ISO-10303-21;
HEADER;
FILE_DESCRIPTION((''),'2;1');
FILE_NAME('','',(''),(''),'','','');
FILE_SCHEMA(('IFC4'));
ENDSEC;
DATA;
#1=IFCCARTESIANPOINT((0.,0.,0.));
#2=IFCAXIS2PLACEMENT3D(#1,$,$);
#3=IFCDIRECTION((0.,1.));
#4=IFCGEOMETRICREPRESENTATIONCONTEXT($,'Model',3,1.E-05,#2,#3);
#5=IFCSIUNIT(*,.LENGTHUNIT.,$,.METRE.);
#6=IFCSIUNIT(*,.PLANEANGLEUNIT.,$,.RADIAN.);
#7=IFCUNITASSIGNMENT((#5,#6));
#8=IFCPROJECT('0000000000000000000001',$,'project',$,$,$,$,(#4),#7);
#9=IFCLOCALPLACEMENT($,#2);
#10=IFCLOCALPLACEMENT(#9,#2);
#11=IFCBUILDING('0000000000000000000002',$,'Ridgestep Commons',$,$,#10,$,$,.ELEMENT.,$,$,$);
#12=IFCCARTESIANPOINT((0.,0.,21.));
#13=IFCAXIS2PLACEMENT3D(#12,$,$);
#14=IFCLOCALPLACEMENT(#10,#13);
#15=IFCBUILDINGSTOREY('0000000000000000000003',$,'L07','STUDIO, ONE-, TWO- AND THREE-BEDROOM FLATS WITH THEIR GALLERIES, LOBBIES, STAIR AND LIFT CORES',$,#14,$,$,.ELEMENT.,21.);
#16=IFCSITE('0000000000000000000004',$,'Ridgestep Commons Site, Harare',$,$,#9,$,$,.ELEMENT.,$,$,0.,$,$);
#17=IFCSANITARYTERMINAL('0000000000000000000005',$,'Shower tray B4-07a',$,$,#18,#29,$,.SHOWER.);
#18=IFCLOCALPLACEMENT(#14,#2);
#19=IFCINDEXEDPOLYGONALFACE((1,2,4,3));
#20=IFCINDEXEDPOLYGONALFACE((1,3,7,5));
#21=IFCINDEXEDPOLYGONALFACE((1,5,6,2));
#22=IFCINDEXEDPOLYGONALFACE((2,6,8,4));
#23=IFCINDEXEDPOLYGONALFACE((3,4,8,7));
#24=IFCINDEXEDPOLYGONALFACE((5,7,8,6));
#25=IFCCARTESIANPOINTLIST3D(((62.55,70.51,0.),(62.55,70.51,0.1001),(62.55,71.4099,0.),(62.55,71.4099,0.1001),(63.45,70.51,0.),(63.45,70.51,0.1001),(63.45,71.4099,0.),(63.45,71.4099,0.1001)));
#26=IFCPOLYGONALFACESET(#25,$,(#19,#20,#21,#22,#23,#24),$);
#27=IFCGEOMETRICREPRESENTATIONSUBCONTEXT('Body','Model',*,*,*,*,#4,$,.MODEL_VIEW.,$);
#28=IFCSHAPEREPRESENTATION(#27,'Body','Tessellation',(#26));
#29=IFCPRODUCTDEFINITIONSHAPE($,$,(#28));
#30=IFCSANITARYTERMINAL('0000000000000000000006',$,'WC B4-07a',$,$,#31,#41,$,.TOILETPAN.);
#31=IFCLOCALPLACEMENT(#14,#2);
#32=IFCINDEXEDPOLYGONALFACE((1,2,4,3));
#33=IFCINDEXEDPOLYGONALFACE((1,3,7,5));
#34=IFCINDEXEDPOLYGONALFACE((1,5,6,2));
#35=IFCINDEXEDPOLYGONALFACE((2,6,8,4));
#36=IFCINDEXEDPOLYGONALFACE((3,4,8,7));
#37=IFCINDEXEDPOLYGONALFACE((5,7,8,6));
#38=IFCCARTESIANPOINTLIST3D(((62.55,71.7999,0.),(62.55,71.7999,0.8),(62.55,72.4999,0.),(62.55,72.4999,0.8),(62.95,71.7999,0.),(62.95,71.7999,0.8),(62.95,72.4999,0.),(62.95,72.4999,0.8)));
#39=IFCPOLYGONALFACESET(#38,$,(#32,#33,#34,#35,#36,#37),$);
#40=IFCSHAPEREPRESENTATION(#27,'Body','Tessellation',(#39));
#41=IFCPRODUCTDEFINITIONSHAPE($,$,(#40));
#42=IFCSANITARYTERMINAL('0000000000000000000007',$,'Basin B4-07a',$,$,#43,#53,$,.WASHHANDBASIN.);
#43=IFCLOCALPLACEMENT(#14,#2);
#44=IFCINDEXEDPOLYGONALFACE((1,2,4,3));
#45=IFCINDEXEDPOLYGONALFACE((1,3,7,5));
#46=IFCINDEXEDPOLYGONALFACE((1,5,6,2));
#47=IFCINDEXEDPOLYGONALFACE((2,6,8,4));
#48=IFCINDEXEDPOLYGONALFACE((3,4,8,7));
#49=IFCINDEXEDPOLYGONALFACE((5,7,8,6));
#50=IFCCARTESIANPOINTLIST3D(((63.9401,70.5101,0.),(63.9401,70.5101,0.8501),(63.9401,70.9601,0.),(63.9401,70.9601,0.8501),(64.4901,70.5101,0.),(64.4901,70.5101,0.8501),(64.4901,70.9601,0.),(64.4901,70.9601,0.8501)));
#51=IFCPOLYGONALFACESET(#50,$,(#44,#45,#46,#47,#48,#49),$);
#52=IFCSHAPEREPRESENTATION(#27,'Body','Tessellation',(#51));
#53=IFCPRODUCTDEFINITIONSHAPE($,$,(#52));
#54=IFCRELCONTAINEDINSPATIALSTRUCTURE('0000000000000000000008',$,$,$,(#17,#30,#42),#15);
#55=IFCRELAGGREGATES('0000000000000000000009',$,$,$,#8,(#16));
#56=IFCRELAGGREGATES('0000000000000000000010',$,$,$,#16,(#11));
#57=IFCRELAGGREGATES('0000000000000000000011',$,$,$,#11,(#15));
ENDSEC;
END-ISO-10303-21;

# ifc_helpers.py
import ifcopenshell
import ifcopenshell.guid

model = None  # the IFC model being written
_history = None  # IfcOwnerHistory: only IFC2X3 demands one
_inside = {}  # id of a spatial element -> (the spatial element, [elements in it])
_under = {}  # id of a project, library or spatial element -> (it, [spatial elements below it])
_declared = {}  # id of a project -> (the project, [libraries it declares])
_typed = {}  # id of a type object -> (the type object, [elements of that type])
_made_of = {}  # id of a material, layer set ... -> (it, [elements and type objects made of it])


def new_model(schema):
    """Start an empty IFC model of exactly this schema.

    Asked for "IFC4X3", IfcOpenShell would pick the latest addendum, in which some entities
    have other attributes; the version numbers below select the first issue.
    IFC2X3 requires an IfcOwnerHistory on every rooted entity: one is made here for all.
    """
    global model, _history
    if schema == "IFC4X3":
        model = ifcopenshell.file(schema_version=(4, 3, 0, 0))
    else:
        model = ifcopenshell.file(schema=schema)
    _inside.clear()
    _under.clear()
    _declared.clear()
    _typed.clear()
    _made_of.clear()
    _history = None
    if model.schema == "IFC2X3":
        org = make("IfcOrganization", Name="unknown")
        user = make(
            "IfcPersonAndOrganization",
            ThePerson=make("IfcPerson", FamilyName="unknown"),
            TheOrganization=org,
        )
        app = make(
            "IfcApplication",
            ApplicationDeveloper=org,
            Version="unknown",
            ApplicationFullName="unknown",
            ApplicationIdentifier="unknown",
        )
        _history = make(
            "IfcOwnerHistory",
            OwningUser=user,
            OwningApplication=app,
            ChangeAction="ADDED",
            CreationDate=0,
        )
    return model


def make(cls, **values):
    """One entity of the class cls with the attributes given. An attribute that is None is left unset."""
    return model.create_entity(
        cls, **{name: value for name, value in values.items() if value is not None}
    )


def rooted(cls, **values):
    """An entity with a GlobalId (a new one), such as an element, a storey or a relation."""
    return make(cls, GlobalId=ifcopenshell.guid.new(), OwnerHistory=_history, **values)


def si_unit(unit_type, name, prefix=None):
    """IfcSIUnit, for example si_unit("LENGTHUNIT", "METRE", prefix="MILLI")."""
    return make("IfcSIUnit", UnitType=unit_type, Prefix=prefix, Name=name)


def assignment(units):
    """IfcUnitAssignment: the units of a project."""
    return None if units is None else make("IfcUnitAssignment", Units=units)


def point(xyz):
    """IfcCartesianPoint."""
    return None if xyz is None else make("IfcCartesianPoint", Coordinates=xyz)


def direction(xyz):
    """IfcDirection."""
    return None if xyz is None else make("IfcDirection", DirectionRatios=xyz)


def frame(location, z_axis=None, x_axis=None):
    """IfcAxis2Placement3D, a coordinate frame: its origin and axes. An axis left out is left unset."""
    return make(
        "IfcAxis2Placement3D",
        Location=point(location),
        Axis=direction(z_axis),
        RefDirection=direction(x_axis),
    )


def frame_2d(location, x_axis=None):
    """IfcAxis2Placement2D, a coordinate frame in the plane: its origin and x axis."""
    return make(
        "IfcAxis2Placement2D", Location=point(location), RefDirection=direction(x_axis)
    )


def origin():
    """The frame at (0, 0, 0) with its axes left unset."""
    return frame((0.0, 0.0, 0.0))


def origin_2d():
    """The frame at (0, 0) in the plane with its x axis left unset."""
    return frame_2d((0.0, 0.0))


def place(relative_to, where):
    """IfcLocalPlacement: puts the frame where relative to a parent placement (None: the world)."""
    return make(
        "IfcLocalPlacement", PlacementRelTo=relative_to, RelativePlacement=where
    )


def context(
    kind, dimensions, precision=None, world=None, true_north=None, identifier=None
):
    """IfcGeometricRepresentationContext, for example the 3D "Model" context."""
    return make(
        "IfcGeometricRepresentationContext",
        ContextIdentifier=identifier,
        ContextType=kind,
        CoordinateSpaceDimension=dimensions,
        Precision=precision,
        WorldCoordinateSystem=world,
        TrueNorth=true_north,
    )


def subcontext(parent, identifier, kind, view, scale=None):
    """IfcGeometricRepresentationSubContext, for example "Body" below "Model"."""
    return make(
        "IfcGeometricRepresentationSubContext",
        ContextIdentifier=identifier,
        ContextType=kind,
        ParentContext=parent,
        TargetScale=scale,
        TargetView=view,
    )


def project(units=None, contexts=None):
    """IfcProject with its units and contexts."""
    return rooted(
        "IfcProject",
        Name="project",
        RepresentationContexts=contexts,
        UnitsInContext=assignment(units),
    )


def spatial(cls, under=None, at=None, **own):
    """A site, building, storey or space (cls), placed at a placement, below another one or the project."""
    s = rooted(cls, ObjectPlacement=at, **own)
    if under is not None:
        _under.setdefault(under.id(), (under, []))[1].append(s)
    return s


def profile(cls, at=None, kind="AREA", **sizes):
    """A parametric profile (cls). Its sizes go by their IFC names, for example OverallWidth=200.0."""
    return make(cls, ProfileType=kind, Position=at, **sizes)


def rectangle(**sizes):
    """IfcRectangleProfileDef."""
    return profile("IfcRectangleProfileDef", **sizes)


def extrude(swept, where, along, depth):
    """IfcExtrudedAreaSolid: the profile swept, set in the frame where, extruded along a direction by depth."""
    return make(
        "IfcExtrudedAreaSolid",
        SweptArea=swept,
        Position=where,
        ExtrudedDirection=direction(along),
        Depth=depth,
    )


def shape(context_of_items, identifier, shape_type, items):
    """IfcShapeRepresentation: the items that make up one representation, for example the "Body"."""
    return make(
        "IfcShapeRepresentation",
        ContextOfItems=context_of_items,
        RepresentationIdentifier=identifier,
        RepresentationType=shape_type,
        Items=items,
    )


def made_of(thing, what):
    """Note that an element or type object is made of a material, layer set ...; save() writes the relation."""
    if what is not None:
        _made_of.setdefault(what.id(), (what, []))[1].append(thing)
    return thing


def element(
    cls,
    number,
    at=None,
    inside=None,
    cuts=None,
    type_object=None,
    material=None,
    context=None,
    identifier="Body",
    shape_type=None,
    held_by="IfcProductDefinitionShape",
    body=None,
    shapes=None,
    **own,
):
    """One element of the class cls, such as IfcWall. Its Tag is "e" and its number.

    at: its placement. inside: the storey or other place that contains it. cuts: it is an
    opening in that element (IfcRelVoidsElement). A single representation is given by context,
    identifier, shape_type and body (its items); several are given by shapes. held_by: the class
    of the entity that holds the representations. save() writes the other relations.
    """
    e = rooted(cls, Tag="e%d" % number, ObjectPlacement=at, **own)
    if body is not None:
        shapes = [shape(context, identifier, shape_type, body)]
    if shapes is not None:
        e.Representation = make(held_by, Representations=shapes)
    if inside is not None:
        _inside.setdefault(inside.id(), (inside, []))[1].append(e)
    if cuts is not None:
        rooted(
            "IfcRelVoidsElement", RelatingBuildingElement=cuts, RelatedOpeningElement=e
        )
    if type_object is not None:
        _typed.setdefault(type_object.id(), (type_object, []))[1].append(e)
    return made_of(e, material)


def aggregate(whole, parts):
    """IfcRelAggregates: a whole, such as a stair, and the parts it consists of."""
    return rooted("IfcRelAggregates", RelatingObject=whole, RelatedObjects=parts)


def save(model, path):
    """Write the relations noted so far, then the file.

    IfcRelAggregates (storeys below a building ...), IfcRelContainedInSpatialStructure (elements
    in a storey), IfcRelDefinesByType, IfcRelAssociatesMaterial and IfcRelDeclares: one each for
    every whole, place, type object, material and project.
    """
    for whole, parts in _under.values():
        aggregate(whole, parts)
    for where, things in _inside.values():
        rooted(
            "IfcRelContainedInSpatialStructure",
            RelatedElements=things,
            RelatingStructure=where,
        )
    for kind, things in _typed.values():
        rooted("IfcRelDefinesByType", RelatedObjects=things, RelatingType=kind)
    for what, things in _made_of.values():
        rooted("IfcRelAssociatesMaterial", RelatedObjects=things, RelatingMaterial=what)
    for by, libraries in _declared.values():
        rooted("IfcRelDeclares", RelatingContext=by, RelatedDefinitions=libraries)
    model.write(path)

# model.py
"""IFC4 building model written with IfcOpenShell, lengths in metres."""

from ifc_helpers import new_model, si_unit, direction, frame, origin, origin_2d, place, context, subcontext, project, spatial, rectangle, extrude, element, save


model = new_model("IFC4")

# Units and contexts
model_context = context("Model", 3, precision=1e-05, world=origin(), true_north=direction((0.0, 1.0)))
body_context = subcontext(model_context, "Body", "Model", "MODEL_VIEW")
ifc_project = project(units=[si_unit("LENGTHUNIT", "METRE"), si_unit("PLANEANGLEUNIT", "RADIAN")], contexts=[model_context])

# Site, building, storey
site_placement = place(None, origin())
site = spatial("IfcSite", under=ifc_project, at=site_placement, Name="Ridgestep Commons Site, Harare", CompositionType="ELEMENT", RefElevation=0.0)
building_placement = place(site_placement, origin())
building = spatial("IfcBuilding", under=site, at=building_placement, Name="Ridgestep Commons", CompositionType="ELEMENT")
storey_placement = place(building_placement, frame((0.0, 0.0, 21.0)))
storey = spatial("IfcBuildingStorey", under=building, at=storey_placement, Name="L07", Description="STUDIO, ONE-, TWO- AND THREE-BEDROOM FLATS WITH THEIR GALLERIES, LOBBIES, STAIR AND LIFT CORES", CompositionType="ELEMENT", Elevation=21.0)

# Sanitary terminals
sanitary_terminal_1_placement = place(storey_placement, frame((63.0, 70.96, 0.0), z_axis=(0.0, 0.0, 1.0), x_axis=(1.0, 0.0, 0.0)))
element("IfcSanitaryTerminal", 1, at=sanitary_terminal_1_placement, inside=storey, Name="Shower tray B4-07a", PredefinedType="SHOWER", context=body_context, shape_type="SweptSolid", body=[
    extrude(rectangle(XDim=0.8999, YDim=0.8999, at=origin_2d()), origin(), (0.0, 0.0, 1.0), 0.1001),
])
sanitary_terminal_2_placement = place(storey_placement, frame((62.75, 72.1499, 0.0), z_axis=(0.0, 0.0, 1.0), x_axis=(1.0, 0.0, 0.0)))
element("IfcSanitaryTerminal", 2, at=sanitary_terminal_2_placement, inside=storey, Name="WC B4-07a", PredefinedType="TOILETPAN", context=body_context, shape_type="SweptSolid", body=[
    extrude(rectangle(XDim=0.3999, YDim=0.7, at=origin_2d()), origin(), (0.0, 0.0, 1.0), 0.8),
])
sanitary_terminal_3_placement = place(storey_placement, frame((64.2151, 70.7351, 0.0), z_axis=(0.0, 0.0, 1.0), x_axis=(1.0, 0.0, 0.0)))
element("IfcSanitaryTerminal", 3, at=sanitary_terminal_3_placement, inside=storey, Name="Basin B4-07a", PredefinedType="WASHHANDBASIN", context=body_context, shape_type="SweptSolid", body=[
    extrude(rectangle(XDim=0.55, YDim=0.45, at=origin_2d()), origin(), (0.0, 0.0, 1.0), 0.8501),
])

save(model, "model.ifc")
